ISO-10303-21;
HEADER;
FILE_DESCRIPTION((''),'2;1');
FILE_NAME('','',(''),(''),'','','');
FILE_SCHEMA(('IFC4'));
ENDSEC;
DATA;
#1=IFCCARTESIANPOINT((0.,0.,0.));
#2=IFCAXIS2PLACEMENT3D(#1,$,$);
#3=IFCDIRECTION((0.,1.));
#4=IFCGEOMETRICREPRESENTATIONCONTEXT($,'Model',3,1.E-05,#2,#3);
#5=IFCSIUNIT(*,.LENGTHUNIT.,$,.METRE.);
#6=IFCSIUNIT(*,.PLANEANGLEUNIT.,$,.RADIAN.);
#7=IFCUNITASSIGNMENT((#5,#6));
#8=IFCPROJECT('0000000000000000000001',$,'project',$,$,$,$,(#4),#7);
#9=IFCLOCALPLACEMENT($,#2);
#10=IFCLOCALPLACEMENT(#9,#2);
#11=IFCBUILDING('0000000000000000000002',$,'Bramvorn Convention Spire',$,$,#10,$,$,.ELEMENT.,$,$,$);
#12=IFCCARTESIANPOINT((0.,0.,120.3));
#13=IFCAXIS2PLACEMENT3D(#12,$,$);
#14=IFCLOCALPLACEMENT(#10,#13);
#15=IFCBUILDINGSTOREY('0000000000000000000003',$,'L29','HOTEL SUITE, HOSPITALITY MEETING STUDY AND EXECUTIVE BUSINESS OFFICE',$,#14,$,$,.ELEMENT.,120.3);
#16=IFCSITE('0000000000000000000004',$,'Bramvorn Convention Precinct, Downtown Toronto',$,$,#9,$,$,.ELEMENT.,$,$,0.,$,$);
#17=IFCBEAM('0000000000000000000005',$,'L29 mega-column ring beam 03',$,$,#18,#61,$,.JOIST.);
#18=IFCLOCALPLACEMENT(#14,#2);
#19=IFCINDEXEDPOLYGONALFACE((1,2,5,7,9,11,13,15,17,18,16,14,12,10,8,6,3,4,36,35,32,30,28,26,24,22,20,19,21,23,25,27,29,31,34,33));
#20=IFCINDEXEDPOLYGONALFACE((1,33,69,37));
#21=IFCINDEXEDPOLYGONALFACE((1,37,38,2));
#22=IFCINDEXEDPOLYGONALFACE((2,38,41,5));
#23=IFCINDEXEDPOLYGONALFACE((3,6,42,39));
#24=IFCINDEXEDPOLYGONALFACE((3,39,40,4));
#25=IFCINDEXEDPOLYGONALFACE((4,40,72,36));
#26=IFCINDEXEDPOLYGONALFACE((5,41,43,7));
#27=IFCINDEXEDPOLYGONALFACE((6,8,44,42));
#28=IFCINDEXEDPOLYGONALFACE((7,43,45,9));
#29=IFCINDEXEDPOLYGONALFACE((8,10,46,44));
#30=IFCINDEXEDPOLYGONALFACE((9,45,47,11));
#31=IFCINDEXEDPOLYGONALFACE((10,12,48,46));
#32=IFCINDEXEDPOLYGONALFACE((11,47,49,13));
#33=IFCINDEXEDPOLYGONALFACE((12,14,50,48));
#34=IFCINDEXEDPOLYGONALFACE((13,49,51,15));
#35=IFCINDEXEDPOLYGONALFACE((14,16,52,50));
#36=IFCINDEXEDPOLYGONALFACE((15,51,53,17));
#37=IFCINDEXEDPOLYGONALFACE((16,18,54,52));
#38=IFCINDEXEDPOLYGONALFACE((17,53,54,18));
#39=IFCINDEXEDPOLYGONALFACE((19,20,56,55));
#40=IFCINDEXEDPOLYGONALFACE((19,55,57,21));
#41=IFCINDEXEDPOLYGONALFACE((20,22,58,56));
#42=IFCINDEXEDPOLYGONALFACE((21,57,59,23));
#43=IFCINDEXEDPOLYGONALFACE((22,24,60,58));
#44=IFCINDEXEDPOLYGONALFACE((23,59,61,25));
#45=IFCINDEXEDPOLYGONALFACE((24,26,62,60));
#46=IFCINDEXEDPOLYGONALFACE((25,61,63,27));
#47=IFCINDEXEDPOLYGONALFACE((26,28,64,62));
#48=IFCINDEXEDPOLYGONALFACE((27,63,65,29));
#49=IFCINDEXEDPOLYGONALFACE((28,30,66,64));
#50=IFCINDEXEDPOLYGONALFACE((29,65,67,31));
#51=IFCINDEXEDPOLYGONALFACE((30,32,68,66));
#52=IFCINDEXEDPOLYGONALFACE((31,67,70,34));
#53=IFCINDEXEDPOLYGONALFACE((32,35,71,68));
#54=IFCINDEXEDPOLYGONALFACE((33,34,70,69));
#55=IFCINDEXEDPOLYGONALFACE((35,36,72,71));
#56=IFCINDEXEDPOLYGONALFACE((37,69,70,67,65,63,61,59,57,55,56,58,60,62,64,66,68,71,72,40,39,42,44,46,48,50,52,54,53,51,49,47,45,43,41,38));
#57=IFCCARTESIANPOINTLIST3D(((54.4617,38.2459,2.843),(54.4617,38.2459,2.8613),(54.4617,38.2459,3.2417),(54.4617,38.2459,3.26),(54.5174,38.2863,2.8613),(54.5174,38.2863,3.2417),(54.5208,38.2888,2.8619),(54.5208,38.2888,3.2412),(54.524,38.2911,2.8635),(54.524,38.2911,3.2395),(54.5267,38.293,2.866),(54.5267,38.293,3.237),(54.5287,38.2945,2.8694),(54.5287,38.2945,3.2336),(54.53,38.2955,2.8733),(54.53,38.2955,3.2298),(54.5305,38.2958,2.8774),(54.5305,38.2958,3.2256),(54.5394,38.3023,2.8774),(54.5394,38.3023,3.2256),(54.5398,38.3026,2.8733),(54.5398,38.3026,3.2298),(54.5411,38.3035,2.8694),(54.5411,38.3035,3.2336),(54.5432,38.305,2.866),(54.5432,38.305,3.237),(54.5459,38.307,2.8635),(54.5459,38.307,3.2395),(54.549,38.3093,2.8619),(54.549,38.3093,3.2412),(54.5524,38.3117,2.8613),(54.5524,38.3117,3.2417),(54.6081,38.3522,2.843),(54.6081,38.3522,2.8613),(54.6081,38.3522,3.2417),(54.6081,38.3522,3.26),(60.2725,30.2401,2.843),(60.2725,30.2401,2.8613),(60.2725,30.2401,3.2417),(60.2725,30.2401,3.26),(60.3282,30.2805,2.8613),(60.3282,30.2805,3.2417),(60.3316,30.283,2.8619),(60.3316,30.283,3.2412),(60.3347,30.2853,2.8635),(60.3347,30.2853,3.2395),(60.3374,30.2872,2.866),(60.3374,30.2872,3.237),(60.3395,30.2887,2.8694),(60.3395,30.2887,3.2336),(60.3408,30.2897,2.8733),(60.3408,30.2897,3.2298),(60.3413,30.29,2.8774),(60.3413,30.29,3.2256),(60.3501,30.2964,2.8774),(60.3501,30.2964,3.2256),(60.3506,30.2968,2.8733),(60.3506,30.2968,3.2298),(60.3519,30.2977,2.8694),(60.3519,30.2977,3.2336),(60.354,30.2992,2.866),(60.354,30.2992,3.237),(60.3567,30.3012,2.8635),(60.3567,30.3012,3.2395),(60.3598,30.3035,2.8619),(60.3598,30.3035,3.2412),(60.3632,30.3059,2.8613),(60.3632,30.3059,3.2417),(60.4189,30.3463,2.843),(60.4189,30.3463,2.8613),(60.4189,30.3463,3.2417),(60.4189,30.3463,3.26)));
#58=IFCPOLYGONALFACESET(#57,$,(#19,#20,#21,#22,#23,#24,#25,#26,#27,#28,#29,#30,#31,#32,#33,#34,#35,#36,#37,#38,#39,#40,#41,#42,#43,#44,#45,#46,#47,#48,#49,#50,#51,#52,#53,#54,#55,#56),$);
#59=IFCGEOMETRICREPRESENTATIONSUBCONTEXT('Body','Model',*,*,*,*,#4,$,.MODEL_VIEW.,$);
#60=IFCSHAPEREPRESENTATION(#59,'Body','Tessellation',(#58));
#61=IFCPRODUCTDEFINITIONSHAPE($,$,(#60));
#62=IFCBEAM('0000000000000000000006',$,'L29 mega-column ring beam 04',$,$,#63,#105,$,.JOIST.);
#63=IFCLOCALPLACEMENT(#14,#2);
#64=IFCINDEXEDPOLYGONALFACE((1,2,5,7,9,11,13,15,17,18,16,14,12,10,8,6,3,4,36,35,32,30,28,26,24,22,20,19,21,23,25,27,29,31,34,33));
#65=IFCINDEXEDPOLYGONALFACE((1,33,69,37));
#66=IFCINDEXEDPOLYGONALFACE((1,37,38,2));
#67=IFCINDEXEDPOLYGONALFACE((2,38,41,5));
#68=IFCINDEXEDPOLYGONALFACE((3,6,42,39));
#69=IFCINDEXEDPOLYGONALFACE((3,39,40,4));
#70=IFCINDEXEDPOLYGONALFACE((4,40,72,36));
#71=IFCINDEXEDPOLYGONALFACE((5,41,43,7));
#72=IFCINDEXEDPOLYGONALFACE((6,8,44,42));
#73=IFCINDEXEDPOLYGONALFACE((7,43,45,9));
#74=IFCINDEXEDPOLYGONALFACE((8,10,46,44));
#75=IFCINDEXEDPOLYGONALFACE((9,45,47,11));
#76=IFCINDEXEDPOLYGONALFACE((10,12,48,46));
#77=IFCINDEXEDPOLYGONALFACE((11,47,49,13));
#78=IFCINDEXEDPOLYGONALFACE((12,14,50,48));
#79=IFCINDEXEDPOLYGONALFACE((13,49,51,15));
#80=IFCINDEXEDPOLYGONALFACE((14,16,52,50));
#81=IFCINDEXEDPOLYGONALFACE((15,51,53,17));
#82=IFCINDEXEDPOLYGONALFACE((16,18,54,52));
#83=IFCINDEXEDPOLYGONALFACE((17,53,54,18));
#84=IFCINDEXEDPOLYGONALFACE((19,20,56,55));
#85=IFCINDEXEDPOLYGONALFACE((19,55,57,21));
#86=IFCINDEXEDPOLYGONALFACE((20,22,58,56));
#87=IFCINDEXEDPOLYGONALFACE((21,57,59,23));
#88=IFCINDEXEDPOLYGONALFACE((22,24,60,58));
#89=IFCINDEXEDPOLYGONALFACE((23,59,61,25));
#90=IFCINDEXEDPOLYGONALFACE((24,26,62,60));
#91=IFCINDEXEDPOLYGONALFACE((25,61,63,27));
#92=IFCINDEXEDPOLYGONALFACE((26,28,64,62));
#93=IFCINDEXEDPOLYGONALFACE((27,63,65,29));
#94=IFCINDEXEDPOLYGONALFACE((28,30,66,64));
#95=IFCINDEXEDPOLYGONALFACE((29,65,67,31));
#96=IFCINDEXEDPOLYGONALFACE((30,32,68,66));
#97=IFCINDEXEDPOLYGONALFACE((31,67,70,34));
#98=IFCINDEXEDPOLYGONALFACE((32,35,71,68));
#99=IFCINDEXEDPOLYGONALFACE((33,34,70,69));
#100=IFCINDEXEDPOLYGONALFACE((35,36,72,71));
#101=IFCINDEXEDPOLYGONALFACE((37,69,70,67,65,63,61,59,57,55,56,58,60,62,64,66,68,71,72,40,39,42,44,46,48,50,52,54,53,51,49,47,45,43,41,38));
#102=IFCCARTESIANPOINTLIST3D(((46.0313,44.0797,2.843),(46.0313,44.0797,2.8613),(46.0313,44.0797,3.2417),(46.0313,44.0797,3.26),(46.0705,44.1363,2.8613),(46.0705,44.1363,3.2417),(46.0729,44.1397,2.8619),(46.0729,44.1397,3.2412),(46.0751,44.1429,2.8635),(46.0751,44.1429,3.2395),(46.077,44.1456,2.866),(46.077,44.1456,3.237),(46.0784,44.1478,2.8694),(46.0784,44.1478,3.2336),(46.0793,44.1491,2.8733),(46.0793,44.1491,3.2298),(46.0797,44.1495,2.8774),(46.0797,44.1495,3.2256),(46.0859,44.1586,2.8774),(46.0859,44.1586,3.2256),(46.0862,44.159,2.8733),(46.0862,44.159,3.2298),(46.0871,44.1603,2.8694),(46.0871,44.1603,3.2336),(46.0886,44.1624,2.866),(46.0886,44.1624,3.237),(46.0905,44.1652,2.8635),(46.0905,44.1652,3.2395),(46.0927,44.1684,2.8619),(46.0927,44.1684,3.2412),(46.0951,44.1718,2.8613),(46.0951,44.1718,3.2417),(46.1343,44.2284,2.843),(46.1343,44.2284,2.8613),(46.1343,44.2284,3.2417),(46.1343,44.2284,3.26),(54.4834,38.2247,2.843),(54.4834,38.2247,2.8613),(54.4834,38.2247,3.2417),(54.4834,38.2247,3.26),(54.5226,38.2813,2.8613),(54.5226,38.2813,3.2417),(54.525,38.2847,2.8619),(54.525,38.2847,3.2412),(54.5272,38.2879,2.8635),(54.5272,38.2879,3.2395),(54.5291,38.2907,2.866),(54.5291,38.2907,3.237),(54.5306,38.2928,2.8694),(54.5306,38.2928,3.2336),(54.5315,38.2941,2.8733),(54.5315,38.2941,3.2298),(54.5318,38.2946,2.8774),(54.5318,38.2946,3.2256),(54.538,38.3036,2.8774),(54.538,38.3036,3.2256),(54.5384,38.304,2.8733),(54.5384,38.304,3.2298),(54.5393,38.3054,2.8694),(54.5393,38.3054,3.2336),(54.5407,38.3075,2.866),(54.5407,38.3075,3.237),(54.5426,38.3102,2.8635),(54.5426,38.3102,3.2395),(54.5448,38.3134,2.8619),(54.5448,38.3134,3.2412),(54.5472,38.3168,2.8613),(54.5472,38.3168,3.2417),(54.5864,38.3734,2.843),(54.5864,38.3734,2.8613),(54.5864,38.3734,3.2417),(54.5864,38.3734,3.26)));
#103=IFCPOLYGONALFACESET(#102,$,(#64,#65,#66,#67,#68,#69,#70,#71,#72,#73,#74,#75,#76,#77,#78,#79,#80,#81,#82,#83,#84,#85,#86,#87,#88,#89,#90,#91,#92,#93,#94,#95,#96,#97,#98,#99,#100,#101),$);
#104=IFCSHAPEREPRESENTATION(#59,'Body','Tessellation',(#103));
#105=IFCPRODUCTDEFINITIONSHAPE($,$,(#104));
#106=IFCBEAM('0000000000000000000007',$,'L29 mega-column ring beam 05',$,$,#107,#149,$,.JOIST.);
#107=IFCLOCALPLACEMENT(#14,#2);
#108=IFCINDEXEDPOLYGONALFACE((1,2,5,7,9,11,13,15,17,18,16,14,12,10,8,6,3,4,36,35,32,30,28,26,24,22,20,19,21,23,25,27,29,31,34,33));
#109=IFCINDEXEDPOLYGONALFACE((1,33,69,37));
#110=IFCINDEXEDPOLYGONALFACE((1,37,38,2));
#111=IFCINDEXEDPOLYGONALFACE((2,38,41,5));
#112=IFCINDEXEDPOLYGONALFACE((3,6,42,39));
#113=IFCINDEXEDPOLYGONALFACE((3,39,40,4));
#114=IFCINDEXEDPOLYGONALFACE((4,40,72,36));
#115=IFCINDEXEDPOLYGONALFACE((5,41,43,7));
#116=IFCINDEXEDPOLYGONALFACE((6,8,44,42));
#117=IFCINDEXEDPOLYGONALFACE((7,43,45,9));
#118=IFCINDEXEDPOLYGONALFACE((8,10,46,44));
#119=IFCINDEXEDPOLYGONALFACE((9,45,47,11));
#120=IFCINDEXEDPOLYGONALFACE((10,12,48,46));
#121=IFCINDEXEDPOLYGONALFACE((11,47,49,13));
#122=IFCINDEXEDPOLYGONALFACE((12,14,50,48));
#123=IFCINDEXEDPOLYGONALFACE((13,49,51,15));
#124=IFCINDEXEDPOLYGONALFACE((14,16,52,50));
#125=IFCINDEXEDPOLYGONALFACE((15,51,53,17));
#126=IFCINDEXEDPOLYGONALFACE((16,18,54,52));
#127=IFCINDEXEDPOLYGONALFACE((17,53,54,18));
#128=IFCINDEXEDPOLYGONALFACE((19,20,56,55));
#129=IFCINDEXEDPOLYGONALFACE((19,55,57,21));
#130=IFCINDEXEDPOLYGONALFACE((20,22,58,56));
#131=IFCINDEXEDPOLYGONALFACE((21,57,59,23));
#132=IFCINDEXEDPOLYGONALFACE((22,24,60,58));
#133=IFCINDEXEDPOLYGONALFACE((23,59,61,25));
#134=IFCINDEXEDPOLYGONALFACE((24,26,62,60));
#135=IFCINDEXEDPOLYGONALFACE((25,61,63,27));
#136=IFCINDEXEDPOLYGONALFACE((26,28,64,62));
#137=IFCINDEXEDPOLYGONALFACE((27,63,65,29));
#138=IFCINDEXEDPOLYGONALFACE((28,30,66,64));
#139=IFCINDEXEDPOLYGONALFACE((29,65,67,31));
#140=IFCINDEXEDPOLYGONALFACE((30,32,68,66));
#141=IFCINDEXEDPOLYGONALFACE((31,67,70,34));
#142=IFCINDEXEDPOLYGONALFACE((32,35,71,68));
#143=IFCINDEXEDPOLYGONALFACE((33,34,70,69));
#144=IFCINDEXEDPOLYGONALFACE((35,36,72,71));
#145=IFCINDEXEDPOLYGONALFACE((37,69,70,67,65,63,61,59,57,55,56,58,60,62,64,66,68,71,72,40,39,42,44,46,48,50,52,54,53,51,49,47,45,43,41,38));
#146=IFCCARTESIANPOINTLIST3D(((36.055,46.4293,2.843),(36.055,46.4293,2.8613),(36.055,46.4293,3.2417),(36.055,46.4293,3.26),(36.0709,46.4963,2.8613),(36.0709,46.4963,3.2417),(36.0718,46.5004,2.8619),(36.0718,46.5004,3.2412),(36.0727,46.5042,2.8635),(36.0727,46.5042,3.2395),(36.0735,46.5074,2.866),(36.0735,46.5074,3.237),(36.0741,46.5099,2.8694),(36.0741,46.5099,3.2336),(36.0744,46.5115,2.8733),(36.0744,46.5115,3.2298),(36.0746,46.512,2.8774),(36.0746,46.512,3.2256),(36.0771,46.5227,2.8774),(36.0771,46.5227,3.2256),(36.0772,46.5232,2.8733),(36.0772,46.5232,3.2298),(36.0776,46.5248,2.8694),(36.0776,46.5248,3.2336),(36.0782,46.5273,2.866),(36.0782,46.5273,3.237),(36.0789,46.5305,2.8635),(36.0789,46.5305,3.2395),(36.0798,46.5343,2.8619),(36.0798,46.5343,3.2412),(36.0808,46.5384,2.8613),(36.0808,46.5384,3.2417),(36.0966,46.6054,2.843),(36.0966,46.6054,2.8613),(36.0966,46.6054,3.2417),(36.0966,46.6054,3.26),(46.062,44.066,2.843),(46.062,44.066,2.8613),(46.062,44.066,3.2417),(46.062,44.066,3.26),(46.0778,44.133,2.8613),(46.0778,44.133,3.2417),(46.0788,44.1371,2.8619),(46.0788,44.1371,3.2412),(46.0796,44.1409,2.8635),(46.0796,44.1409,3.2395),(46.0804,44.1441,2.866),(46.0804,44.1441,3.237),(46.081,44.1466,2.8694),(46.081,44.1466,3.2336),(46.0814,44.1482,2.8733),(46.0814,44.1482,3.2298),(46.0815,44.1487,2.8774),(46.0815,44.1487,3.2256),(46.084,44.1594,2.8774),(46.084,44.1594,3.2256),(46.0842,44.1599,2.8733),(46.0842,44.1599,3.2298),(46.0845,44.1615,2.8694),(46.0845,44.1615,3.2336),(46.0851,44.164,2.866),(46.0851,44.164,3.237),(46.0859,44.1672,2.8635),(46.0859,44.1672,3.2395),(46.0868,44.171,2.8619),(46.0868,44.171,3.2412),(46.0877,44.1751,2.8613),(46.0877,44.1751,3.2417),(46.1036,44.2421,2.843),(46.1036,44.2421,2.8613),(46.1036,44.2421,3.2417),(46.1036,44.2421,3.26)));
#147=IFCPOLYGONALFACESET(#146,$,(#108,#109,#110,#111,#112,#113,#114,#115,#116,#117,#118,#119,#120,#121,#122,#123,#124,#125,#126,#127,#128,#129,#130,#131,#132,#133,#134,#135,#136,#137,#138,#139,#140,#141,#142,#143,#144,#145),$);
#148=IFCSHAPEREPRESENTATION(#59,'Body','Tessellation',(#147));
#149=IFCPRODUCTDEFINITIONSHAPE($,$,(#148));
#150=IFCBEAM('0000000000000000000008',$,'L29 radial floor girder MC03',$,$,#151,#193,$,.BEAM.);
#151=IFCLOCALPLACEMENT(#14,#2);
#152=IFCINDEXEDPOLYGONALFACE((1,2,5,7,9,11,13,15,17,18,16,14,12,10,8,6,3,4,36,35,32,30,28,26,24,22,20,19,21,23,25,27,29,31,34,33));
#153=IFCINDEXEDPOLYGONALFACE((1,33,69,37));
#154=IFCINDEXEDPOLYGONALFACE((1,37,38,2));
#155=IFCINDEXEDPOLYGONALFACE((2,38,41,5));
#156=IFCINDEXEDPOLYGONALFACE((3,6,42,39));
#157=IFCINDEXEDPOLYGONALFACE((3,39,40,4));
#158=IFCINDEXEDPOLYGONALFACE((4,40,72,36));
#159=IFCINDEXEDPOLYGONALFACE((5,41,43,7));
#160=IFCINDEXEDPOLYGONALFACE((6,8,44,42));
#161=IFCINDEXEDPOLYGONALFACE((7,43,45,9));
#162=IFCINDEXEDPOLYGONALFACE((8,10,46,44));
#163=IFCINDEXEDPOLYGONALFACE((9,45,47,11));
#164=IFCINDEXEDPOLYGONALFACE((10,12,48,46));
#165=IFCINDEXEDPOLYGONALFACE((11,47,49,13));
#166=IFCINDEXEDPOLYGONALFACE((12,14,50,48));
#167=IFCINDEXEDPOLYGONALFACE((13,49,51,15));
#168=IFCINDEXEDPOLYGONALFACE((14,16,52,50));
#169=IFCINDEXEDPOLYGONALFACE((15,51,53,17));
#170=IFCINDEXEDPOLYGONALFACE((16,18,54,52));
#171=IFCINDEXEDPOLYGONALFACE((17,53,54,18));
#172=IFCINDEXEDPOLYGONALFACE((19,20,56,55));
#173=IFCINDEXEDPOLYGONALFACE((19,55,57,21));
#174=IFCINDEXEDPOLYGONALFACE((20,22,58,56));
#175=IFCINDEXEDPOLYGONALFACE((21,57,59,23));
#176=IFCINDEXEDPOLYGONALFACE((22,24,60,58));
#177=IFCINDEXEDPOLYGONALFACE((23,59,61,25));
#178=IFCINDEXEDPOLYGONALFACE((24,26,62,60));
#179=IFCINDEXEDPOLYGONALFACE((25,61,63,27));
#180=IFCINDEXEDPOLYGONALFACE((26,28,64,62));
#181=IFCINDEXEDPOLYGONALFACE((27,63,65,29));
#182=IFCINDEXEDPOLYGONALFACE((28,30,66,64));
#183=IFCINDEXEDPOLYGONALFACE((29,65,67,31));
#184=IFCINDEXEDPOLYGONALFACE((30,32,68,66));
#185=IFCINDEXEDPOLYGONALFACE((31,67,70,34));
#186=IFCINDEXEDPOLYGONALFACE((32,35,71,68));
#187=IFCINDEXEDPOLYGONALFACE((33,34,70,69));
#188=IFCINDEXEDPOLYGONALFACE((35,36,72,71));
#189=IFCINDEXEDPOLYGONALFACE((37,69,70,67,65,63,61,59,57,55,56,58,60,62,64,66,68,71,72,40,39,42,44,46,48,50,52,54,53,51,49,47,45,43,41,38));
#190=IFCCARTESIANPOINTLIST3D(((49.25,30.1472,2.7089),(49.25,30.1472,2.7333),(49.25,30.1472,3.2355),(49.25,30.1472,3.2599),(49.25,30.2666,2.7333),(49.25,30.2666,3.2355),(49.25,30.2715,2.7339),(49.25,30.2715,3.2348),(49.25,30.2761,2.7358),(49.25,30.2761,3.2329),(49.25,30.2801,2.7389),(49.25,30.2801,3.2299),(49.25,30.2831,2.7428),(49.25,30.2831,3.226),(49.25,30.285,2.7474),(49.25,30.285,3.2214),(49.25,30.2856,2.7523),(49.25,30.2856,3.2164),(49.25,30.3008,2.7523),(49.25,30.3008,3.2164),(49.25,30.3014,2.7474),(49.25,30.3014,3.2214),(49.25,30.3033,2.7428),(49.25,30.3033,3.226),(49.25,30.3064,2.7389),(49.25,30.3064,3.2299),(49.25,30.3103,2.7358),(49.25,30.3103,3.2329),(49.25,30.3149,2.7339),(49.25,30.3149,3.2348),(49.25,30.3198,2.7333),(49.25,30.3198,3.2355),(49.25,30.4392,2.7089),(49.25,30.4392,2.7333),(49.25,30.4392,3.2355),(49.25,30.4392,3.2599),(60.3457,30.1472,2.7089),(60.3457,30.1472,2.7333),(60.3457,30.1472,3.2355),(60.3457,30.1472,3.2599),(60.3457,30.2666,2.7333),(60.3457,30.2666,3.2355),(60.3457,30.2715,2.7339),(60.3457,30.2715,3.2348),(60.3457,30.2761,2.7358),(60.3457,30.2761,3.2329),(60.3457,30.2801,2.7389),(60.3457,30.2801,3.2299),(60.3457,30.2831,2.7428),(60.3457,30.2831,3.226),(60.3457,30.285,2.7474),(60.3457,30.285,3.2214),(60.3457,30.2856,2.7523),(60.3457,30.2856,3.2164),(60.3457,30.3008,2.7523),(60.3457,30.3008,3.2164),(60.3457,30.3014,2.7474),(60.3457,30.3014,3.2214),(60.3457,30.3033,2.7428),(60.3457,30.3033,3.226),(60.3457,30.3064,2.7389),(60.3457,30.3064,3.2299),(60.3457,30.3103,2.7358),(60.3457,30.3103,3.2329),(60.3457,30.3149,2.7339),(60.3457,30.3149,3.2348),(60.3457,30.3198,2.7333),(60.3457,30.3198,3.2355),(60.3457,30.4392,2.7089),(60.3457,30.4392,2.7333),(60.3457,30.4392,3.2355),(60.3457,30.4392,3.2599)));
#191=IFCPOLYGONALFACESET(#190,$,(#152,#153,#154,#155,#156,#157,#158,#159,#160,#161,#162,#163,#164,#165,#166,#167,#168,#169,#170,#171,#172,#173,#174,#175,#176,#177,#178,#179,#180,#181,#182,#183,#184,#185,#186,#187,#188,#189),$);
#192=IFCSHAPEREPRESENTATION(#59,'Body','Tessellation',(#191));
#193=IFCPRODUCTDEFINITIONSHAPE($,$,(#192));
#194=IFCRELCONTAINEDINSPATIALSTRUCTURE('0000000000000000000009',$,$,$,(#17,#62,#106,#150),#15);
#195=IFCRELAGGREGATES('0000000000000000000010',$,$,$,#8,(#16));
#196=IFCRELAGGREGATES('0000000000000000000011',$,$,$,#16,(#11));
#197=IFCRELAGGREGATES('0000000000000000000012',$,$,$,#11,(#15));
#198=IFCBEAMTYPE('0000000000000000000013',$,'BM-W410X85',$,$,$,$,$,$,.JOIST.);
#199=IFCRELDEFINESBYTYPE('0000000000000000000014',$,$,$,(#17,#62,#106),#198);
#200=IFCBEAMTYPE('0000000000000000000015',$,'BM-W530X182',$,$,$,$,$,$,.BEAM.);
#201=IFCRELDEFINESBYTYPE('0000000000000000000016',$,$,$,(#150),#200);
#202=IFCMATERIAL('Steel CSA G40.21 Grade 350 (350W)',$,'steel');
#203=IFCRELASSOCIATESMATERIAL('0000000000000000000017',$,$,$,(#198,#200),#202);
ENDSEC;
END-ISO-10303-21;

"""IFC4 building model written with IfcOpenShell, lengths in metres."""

from ifc_helpers import new_model, si_unit, direction, frame, origin, origin_2d, place, context, subcontext, project, spatial, i_section, extrude, material, material_profile, profile_set, type_object, element, save


model = new_model("IFC4")

# Units and contexts
model_context = context("Model", 3, precision=1e-05, world=origin(), true_north=direction((0.0, 1.0)))
body_context = subcontext(model_context, "Body", "Model", "MODEL_VIEW")
ifc_project = project(units=[si_unit("LENGTHUNIT", "METRE"), si_unit("PLANEANGLEUNIT", "RADIAN")], contexts=[model_context])

# Site, building, storey
site_placement = place(None, origin())
site = spatial("IfcSite", under=ifc_project, at=site_placement, Name="Bramvorn Convention Precinct, Downtown Toronto", CompositionType="ELEMENT", RefElevation=0.0)
building_placement = place(site_placement, origin())
building = spatial("IfcBuilding", under=site, at=building_placement, Name="Bramvorn Convention Spire", CompositionType="ELEMENT")
storey_placement = place(building_placement, frame((0.0, 0.0, 120.3)))
storey = spatial("IfcBuildingStorey", under=building, at=storey_placement, Name="L29", Description="HOTEL SUITE, HOSPITALITY MEETING STUDY AND EXECUTIVE BUSINESS OFFICE", CompositionType="ELEMENT", Elevation=120.3)

# Shared definitions
ifc_material_1 = material(Name="Steel CSA G40.21 Grade 350 (350W)", Category="steel")

# Beams
ifc_material_profile_1 = material_profile(ifc_material_1, i_section(OverallWidth=0.1809, OverallDepth=0.417, WebThickness=0.011, FlangeThickness=0.0183, FilletRadius=0.0161, at=origin_2d()))
ifc_profile_set_1 = profile_set([ifc_material_profile_1], Name="Steel CSA G40.21 Grade 350 (350W) - W410X85")
beam_type_1 = type_object("IfcBeamType", Name="BM-W410X85", PredefinedType="JOIST", material=ifc_profile_set_1)
beam_1_placement = place(storey_placement, frame((60.3457, 30.2932, 3.0515), z_axis=(-0.587401, 0.809296, 0.0), x_axis=(-0.809296, -0.587401, 0.0)))
element("IfcBeam", 1, at=beam_1_placement, inside=storey, type_object=beam_type_1, Name="L29 mega-column ring beam 03", PredefinedType="JOIST", context=body_context, shape_type="SweptSolid", body=[
    extrude(i_section(OverallWidth=0.1809, OverallDepth=0.417, WebThickness=0.011, FlangeThickness=0.0183, FilletRadius=0.0161, at=origin_2d()), origin(), (0.0, 0.0, 1.0), 9.8923),
])
beam_2_placement = place(storey_placement, frame((54.5349, 38.2991, 3.0515), z_axis=(-0.822033, 0.56944, 0.0), x_axis=(-0.56944, -0.822033, 0.0)))
element("IfcBeam", 2, at=beam_2_placement, inside=storey, type_object=beam_type_1, Name="L29 mega-column ring beam 04", PredefinedType="JOIST", context=body_context, shape_type="SweptSolid", body=[
    extrude(i_section(OverallWidth=0.1809, OverallDepth=0.417, WebThickness=0.011, FlangeThickness=0.0183, FilletRadius=0.0161, at=origin_2d()), origin(), (0.0, 0.0, 1.0), 10.282),
])
beam_3_placement = place(storey_placement, frame((46.0828, 44.1541, 3.0515), z_axis=(-0.973228, 0.229844, 0.0), x_axis=(-0.229844, -0.973228, 0.0)))
element("IfcBeam", 3, at=beam_3_placement, inside=storey, type_object=beam_type_1, Name="L29 mega-column ring beam 05", PredefinedType="JOIST", context=body_context, shape_type="SweptSolid", body=[
    extrude(i_section(OverallWidth=0.1809, OverallDepth=0.417, WebThickness=0.011, FlangeThickness=0.0183, FilletRadius=0.0161, at=origin_2d()), origin(), (0.0, 0.0, 1.0), 10.2822),
])
ifc_material_profile_2 = material_profile(ifc_material_1, i_section(OverallWidth=0.292, OverallDepth=0.551, WebThickness=0.0151, FlangeThickness=0.0244, FilletRadius=0.019, at=origin_2d()))
ifc_profile_set_2 = profile_set([ifc_material_profile_2], Name="Steel CSA G40.21 Grade 350 (350W) - W530X182")
beam_type_2 = type_object("IfcBeamType", Name="BM-W530X182", PredefinedType="BEAM", material=ifc_profile_set_2)
beam_4_placement = place(storey_placement, frame((49.25, 30.2932, 2.9844), z_axis=(1.0, 0.0, 0.0), x_axis=(0.0, 1.0, 0.0)))
element("IfcBeam", 4, at=beam_4_placement, inside=storey, type_object=beam_type_2, Name="L29 radial floor girder MC03", PredefinedType="BEAM", context=body_context, shape_type="SweptSolid", body=[
    extrude(i_section(OverallWidth=0.292, OverallDepth=0.551, WebThickness=0.0151, FlangeThickness=0.0244, FilletRadius=0.019, at=origin_2d()), origin(), (0.0, 0.0, 1.0), 11.0957),
])

save(model, "model.ifc")
